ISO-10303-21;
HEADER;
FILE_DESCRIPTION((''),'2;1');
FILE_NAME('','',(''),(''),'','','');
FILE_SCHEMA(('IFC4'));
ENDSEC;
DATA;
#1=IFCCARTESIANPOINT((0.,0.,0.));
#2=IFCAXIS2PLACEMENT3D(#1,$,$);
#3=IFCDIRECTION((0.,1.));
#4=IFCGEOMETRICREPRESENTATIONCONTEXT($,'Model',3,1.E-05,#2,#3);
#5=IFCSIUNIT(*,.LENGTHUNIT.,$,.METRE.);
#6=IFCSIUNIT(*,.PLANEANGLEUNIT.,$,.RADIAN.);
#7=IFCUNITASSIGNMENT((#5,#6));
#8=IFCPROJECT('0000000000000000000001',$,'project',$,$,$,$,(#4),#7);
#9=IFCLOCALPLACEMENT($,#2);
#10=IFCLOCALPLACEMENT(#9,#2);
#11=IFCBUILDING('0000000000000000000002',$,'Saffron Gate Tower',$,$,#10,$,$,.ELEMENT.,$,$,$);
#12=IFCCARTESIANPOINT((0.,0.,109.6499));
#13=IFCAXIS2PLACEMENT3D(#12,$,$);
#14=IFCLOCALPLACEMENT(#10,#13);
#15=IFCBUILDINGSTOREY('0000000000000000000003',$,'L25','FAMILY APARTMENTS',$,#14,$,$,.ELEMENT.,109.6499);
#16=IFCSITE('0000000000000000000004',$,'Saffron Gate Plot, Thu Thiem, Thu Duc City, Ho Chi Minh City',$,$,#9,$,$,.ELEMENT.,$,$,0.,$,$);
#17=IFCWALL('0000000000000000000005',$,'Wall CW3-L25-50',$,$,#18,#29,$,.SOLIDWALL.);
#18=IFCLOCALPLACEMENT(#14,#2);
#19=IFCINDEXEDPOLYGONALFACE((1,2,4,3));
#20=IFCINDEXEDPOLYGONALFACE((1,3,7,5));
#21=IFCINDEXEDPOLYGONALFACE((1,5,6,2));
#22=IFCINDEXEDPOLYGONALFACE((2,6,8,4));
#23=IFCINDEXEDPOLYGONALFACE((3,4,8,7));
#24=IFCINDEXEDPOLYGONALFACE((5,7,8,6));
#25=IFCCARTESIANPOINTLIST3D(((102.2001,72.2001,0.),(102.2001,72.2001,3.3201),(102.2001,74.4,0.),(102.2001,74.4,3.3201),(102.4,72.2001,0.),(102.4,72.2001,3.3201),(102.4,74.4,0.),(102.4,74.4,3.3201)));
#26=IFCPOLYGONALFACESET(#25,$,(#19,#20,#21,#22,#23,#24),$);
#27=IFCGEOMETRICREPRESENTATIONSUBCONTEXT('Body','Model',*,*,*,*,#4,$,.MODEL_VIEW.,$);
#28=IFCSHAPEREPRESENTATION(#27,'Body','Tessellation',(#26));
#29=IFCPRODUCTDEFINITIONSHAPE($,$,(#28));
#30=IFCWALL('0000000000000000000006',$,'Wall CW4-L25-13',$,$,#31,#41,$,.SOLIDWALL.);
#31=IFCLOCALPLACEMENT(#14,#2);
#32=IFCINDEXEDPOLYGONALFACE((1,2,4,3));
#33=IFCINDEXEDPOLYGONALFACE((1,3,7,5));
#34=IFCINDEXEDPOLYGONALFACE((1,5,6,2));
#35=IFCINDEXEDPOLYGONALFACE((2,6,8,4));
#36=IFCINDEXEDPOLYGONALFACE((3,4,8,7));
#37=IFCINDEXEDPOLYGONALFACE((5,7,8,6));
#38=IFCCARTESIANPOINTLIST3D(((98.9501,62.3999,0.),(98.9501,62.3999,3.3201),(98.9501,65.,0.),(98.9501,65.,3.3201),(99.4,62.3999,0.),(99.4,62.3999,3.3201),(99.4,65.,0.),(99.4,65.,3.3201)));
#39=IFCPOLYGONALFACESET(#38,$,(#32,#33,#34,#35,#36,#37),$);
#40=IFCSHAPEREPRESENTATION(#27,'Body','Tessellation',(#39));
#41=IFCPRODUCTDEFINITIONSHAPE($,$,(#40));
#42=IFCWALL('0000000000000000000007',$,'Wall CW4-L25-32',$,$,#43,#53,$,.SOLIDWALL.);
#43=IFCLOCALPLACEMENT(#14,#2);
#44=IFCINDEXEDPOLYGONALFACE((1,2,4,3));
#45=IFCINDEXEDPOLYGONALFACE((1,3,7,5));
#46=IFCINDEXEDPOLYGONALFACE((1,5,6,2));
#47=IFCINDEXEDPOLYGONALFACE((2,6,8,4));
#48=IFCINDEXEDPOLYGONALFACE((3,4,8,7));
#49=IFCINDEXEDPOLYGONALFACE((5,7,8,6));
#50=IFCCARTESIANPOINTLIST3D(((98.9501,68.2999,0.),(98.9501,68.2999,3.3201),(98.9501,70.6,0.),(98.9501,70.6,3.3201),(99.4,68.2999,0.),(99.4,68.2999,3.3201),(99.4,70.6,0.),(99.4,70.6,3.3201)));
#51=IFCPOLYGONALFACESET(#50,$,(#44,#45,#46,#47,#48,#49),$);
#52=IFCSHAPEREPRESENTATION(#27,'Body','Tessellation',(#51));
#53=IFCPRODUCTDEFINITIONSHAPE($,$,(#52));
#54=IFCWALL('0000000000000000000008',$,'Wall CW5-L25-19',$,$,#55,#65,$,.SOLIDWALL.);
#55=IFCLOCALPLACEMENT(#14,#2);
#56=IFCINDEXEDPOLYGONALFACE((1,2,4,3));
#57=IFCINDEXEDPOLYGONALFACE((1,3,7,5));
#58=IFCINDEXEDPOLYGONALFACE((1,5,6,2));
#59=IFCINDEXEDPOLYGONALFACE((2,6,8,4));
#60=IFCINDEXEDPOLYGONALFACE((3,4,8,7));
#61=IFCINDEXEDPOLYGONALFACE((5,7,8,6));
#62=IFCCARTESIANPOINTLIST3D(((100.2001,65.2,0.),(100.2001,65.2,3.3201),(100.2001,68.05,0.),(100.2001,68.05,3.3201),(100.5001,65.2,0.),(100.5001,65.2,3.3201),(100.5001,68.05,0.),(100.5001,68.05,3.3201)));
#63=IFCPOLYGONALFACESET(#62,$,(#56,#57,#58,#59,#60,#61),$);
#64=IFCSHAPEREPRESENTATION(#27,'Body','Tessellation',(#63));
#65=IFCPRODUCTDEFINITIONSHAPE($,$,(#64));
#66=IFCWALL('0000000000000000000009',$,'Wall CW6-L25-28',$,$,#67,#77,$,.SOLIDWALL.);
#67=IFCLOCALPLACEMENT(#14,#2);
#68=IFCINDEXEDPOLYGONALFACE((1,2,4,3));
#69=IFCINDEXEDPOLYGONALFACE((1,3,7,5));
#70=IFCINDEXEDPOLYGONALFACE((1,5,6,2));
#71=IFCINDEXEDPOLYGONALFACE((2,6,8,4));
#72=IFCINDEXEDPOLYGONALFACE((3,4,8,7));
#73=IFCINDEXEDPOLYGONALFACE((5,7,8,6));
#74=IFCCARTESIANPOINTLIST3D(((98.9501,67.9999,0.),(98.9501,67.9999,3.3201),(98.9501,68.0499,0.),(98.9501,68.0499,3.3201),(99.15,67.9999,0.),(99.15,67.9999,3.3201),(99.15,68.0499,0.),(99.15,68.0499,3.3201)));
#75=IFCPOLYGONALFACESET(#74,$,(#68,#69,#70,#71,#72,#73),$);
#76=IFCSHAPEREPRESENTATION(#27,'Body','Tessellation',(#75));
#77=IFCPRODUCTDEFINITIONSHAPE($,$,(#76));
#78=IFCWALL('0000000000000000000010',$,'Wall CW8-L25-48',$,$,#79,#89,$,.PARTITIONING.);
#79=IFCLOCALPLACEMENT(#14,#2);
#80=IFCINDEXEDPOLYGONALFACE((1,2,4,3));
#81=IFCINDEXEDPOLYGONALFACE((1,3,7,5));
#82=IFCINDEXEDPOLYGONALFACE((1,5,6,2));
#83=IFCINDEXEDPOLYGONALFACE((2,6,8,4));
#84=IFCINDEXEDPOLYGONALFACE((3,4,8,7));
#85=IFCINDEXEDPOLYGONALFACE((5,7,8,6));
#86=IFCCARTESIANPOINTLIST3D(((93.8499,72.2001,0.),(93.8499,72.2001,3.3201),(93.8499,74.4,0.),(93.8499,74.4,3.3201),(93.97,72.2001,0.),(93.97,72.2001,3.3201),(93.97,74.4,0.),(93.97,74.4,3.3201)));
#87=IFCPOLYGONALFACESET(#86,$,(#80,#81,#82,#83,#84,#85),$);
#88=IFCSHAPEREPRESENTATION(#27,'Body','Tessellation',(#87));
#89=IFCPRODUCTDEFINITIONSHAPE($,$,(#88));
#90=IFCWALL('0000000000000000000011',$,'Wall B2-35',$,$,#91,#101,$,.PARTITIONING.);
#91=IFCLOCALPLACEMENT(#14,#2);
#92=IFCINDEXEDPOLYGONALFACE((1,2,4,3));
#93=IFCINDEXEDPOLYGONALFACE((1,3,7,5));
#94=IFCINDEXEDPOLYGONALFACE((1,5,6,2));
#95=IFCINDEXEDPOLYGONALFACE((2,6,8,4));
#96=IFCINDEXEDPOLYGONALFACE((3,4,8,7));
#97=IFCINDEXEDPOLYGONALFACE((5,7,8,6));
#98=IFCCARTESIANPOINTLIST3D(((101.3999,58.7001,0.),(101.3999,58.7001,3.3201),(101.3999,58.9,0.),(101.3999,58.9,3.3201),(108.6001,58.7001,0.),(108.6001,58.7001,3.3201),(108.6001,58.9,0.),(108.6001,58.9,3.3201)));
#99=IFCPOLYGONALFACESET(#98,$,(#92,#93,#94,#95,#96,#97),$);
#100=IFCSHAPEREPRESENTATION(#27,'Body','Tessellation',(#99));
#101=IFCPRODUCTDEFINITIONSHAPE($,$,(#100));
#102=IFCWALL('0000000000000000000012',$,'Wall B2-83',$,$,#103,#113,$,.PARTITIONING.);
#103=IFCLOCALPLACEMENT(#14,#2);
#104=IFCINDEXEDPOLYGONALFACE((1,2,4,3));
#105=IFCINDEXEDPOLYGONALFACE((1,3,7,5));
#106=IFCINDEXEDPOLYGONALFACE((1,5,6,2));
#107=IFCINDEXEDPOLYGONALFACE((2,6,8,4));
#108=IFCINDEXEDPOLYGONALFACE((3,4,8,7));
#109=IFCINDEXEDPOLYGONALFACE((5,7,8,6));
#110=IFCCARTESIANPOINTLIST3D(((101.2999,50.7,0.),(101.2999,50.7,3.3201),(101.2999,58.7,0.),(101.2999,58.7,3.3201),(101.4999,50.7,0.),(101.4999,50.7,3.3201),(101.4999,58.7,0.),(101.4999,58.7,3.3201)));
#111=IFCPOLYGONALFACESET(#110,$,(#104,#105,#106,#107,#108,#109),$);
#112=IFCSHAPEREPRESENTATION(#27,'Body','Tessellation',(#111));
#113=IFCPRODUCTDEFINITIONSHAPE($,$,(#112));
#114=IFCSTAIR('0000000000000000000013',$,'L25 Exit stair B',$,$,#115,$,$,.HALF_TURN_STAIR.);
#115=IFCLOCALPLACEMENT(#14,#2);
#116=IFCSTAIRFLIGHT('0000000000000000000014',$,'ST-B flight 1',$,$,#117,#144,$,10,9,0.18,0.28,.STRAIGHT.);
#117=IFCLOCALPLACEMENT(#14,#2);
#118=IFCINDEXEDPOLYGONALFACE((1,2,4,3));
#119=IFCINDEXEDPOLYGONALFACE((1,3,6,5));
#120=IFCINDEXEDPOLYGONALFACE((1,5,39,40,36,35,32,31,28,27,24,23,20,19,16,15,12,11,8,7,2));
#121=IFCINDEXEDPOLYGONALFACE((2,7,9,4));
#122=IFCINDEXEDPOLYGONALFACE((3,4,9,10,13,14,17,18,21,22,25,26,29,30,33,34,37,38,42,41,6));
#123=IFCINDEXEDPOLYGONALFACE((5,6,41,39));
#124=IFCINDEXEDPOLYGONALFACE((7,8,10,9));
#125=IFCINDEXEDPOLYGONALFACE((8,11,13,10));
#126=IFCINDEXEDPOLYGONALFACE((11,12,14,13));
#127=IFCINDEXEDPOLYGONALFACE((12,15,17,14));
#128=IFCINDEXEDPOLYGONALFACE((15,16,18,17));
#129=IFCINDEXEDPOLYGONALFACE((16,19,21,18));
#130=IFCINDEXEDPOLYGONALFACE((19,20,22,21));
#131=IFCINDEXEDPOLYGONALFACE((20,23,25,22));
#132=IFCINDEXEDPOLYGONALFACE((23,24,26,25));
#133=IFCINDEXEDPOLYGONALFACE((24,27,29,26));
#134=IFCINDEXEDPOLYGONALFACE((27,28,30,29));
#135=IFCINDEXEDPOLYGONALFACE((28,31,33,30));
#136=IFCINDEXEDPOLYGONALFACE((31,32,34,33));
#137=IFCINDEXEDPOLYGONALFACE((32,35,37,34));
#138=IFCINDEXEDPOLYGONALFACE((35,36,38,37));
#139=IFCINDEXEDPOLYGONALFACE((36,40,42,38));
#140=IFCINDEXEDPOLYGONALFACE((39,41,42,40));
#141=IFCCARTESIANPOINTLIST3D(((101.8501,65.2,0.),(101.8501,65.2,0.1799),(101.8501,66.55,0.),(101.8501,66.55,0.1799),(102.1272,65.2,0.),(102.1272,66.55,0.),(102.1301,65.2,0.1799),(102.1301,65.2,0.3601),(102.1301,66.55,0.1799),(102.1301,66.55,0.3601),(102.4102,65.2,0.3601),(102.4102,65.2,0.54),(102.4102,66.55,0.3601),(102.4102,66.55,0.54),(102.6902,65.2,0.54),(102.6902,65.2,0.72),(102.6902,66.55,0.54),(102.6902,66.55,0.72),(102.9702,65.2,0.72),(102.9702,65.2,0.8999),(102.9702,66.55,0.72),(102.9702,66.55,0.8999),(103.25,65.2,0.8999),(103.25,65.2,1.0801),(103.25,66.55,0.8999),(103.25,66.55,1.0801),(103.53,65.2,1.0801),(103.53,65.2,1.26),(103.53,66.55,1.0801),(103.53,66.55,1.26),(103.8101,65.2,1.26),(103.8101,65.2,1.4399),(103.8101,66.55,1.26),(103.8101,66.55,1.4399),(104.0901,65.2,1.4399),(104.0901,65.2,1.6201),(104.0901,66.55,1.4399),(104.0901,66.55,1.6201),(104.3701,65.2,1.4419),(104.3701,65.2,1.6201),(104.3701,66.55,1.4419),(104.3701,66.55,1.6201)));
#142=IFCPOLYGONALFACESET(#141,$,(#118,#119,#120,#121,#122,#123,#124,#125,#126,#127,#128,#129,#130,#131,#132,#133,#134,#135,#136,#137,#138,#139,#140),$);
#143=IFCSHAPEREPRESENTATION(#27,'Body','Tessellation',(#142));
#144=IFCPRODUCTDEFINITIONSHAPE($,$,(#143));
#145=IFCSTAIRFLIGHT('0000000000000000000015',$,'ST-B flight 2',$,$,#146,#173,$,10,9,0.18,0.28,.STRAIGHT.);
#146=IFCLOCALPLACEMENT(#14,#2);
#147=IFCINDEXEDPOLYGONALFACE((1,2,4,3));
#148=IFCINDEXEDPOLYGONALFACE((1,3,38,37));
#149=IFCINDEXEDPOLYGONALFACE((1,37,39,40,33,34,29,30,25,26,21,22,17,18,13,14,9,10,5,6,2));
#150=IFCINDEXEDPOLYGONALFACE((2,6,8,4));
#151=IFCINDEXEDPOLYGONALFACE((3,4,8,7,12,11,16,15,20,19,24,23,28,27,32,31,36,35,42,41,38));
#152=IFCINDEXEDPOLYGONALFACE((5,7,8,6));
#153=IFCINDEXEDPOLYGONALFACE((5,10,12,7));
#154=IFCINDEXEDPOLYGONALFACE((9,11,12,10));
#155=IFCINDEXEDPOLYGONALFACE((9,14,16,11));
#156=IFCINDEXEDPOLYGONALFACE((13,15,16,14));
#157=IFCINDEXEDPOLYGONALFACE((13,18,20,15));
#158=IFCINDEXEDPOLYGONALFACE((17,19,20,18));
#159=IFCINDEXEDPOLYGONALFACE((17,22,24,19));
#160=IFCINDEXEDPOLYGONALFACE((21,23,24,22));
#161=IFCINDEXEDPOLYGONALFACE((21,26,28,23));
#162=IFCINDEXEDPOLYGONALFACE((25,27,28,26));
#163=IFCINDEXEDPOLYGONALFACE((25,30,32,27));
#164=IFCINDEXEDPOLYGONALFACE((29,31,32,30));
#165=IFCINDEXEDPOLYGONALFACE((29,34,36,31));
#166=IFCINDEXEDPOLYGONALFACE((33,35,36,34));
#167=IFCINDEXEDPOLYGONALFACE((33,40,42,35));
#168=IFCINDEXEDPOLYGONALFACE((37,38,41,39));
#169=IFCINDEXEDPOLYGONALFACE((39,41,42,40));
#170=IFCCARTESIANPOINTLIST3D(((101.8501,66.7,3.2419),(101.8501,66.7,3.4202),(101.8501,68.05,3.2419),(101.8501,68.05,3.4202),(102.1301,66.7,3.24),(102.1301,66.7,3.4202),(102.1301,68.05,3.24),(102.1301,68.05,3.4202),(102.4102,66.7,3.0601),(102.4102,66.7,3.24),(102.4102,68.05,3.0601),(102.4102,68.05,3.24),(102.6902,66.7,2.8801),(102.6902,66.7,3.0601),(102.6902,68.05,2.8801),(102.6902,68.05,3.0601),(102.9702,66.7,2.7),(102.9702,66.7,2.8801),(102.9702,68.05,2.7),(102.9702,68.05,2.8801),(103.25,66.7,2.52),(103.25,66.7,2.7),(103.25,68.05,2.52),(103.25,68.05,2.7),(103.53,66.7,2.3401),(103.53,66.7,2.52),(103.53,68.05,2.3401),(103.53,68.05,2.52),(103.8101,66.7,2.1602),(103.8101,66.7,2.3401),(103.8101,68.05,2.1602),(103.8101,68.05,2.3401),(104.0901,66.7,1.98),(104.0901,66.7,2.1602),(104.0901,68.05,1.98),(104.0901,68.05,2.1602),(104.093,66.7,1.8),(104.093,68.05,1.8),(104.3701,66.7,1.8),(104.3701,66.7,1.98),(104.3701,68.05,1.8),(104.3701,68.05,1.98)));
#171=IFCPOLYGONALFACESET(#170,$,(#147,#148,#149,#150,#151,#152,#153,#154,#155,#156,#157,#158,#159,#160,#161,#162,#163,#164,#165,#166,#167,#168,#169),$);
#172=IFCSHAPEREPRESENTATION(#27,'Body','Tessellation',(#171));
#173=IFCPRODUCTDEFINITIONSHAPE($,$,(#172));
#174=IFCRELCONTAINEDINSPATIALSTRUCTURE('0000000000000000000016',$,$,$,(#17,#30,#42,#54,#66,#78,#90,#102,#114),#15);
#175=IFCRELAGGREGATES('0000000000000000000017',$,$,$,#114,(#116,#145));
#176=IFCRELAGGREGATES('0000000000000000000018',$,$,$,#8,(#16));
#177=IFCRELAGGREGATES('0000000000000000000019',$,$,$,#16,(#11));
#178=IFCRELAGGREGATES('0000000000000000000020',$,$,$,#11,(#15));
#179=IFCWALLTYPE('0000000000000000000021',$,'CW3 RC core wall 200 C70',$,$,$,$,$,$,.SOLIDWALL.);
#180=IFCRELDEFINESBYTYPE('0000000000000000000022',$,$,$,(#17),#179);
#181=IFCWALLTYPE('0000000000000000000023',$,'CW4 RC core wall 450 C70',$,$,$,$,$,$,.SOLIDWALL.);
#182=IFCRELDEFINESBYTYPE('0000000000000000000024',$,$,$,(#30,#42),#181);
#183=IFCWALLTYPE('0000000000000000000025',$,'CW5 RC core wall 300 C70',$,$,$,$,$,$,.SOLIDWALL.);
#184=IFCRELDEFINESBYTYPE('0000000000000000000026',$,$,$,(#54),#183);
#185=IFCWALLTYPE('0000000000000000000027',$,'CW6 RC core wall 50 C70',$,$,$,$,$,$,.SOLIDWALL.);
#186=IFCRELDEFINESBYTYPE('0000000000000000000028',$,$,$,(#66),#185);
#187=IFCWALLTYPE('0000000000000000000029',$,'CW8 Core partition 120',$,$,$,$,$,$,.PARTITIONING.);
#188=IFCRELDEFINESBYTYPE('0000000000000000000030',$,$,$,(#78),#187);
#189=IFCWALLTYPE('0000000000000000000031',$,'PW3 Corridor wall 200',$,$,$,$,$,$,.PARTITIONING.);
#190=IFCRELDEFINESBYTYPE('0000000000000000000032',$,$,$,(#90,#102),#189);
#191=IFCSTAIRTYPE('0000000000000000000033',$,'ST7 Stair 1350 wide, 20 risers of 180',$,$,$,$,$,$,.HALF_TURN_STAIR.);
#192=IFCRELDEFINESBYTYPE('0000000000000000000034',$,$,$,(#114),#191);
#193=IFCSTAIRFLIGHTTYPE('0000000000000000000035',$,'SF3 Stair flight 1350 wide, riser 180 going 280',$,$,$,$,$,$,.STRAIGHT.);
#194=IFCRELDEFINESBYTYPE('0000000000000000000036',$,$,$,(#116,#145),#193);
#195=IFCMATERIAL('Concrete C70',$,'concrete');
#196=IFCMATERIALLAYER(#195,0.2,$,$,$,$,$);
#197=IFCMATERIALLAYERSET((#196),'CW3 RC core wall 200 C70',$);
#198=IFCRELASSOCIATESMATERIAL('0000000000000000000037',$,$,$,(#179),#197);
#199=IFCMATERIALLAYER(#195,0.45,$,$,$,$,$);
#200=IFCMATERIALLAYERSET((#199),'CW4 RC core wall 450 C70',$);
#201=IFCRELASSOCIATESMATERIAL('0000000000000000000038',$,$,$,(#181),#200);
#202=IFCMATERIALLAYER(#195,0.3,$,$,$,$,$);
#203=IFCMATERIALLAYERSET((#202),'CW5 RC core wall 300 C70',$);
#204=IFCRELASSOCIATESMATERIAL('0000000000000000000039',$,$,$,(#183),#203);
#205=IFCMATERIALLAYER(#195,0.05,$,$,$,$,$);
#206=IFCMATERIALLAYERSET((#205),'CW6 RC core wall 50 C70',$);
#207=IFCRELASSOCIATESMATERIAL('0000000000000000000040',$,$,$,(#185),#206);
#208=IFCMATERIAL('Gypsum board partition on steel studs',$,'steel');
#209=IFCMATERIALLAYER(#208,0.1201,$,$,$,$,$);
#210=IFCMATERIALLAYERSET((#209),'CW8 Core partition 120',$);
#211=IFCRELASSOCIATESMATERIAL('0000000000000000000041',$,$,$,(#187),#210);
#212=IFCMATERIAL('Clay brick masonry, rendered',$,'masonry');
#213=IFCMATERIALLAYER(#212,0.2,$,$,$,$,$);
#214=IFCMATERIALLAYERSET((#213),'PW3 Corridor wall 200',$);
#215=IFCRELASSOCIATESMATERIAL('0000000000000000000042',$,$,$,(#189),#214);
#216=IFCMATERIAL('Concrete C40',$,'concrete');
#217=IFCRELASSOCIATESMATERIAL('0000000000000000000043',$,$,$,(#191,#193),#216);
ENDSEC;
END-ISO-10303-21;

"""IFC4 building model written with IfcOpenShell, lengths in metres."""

from ifc_helpers import new_model, si_unit, direction, frame, frame_2d, origin, place, context, subcontext, project, spatial, polyline, rectangle, outline, extrude, material, layer, layer_set, type_object, element, aggregate, save


model = new_model("IFC4")

# Units and contexts
model_context = context("Model", 3, precision=1e-05, world=origin(), true_north=direction((0.0, 1.0)))
body_context = subcontext(model_context, "Body", "Model", "MODEL_VIEW")
ifc_project = project(units=[si_unit("LENGTHUNIT", "METRE"), si_unit("PLANEANGLEUNIT", "RADIAN")], contexts=[model_context])

# Site, building, storey
site_placement = place(None, origin())
site = spatial("IfcSite", under=ifc_project, at=site_placement, Name="Saffron Gate Plot, Thu Thiem, Thu Duc City, Ho Chi Minh City", CompositionType="ELEMENT", RefElevation=0.0)
building_placement = place(site_placement, origin())
building = spatial("IfcBuilding", under=site, at=building_placement, Name="Saffron Gate Tower", CompositionType="ELEMENT")
storey_placement = place(building_placement, frame((0.0, 0.0, 109.6499)))
storey = spatial("IfcBuildingStorey", under=building, at=storey_placement, Name="L25", Description="FAMILY APARTMENTS", CompositionType="ELEMENT", Elevation=109.6499)

# Shared definitions
ifc_material_1 = material(Name="Concrete C70", Category="concrete")

# Walls
ifc_layer_1 = layer(ifc_material_1, 0.2)
ifc_layer_set_1 = layer_set([ifc_layer_1], Name="CW3 RC core wall 200 C70")
wall_type_1 = type_object("IfcWallType", Name="CW3 RC core wall 200 C70", PredefinedType="SOLIDWALL", material=ifc_layer_set_1)
for number, where, z_axis, x_axis, name in (
    (1, (102.3, 72.2, 0.0), (0.0, 0.0, 1.0), (0.0, 1.0, 0.0), "Wall CW3-L25-50"),
):
    element("IfcWall", number, at=place(storey_placement, frame(where, z_axis=z_axis, x_axis=x_axis)), inside=storey, type_object=wall_type_1, Name=name, PredefinedType="SOLIDWALL", context=body_context, shape_type="SweptSolid", body=[
        extrude(rectangle(XDim=2.2, YDim=0.2, at=frame_2d((1.1001, 0.0))), origin(), (0.0, 0.0, 1.0), 3.3201),
    ])
ifc_layer_2 = layer(ifc_material_1, 0.45)
ifc_layer_set_2 = layer_set([ifc_layer_2], Name="CW4 RC core wall 450 C70")
wall_type_2 = type_object("IfcWallType", Name="CW4 RC core wall 450 C70", PredefinedType="SOLIDWALL", material=ifc_layer_set_2)
wall_1_placement = place(storey_placement, frame((99.175, 62.3999, 0.0), z_axis=(0.0, 0.0, 1.0), x_axis=(0.0, 1.0, 0.0)))
element("IfcWall", 2, at=wall_1_placement, inside=storey, type_object=wall_type_2, Name="Wall CW4-L25-13", PredefinedType="SOLIDWALL", context=body_context, shape_type="SweptSolid", body=[
    extrude(rectangle(XDim=2.6001, YDim=0.45, at=frame_2d((1.3, 0.0))), origin(), (0.0, 0.0, 1.0), 3.3201),
])
wall_2_placement = place(storey_placement, frame((99.175, 68.3, 0.0), z_axis=(0.0, 0.0, 1.0), x_axis=(0.0, 1.0, 0.0)))
element("IfcWall", 3, at=wall_2_placement, inside=storey, type_object=wall_type_2, Name="Wall CW4-L25-32", PredefinedType="SOLIDWALL", context=body_context, shape_type="SweptSolid", body=[
    extrude(rectangle(XDim=2.3, YDim=0.45, at=frame_2d((1.1499, 0.0))), origin(), (0.0, 0.0, 1.0), 3.3201),
])
ifc_layer_3 = layer(ifc_material_1, 0.3)
ifc_layer_set_3 = layer_set([ifc_layer_3], Name="CW5 RC core wall 300 C70")
wall_type_3 = type_object("IfcWallType", Name="CW5 RC core wall 300 C70", PredefinedType="SOLIDWALL", material=ifc_layer_set_3)
wall_3_placement = place(storey_placement, frame((100.3501, 65.2, 0.0), z_axis=(0.0, 0.0, 1.0), x_axis=(0.0, 1.0, 0.0)))
element("IfcWall", 4, at=wall_3_placement, inside=storey, type_object=wall_type_3, Name="Wall CW5-L25-19", PredefinedType="SOLIDWALL", context=body_context, shape_type="SweptSolid", body=[
    extrude(rectangle(XDim=2.8501, YDim=0.3, at=frame_2d((1.425, 0.0))), origin(), (0.0, 0.0, 1.0), 3.3201),
])
ifc_layer_4 = layer(ifc_material_1, 0.05)
ifc_layer_set_4 = layer_set([ifc_layer_4], Name="CW6 RC core wall 50 C70")
wall_type_4 = type_object("IfcWallType", Name="CW6 RC core wall 50 C70", PredefinedType="SOLIDWALL", material=ifc_layer_set_4)
wall_4_placement = place(storey_placement, frame((98.95, 68.0249, 0.0), z_axis=(0.0, 0.0, 1.0), x_axis=(1.0, 0.0, 0.0)))
element("IfcWall", 5, at=wall_4_placement, inside=storey, type_object=wall_type_4, Name="Wall CW6-L25-28", PredefinedType="SOLIDWALL", context=body_context, shape_type="SweptSolid", body=[
    extrude(rectangle(XDim=0.2, YDim=0.05, at=frame_2d((0.1001, 0.0))), origin(), (0.0, 0.0, 1.0), 3.3201),
])
ifc_material_2 = material(Name="Gypsum board partition on steel studs", Category="steel")
ifc_layer_5 = layer(ifc_material_2, 0.1201)
ifc_layer_set_5 = layer_set([ifc_layer_5], Name="CW8 Core partition 120")
wall_type_5 = type_object("IfcWallType", Name="CW8 Core partition 120", PredefinedType="PARTITIONING", material=ifc_layer_set_5)
wall_5_placement = place(storey_placement, frame((93.9099, 72.2, 0.0), z_axis=(0.0, 0.0, 1.0), x_axis=(0.0, 1.0, 0.0)))
element("IfcWall", 6, at=wall_5_placement, inside=storey, type_object=wall_type_5, Name="Wall CW8-L25-48", PredefinedType="PARTITIONING", context=body_context, shape_type="SweptSolid", body=[
    extrude(rectangle(XDim=2.2, YDim=0.1201, at=frame_2d((1.1001, 0.0))), origin(), (0.0, 0.0, 1.0), 3.3201),
])
ifc_material_3 = material(Name="Clay brick masonry, rendered", Category="masonry")
ifc_layer_6 = layer(ifc_material_3, 0.2)
ifc_layer_set_6 = layer_set([ifc_layer_6], Name="PW3 Corridor wall 200")
wall_type_6 = type_object("IfcWallType", Name="PW3 Corridor wall 200", PredefinedType="PARTITIONING", material=ifc_layer_set_6)
wall_6_placement = place(storey_placement, frame((101.3999, 58.8, 0.0), z_axis=(0.0, 0.0, 1.0), x_axis=(1.0, 0.0, 0.0)))
element("IfcWall", 7, at=wall_6_placement, inside=storey, type_object=wall_type_6, Name="Wall B2-35", PredefinedType="PARTITIONING", context=body_context, shape_type="SweptSolid", body=[
    extrude(rectangle(XDim=7.2002, YDim=0.2, at=frame_2d((3.6001, 0.0))), origin(), (0.0, 0.0, 1.0), 3.3201),
])
wall_7_placement = place(storey_placement, frame((101.3999, 58.7, 0.0), z_axis=(0.0, 0.0, 1.0), x_axis=(0.0, -1.0, 0.0)))
element("IfcWall", 8, at=wall_7_placement, inside=storey, type_object=wall_type_6, Name="Wall B2-83", PredefinedType="PARTITIONING", context=body_context, shape_type="SweptSolid", body=[
    extrude(rectangle(XDim=8.0, YDim=0.2, at=frame_2d((4.0, 0.0))), origin(), (0.0, 0.0, 1.0), 3.3201),
])

# Stair, stair flights
ifc_material_4 = material(Name="Concrete C40", Category="concrete")
stair_type = type_object("IfcStairType", Name="ST7 Stair 1350 wide, 20 risers of 180", PredefinedType="HALF_TURN_STAIR", material=ifc_material_4)
stair_placement = place(storey_placement, origin())
stair = element("IfcStair", 9, at=stair_placement, inside=storey, type_object=stair_type, Name="L25 Exit stair B", PredefinedType="HALF_TURN_STAIR")
stair_flight_type = type_object("IfcStairFlightType", Name="SF3 Stair flight 1350 wide, riser 180 going 280", PredefinedType="STRAIGHT", material=ifc_material_4)
stair_flight_1_placement = place(storey_placement, frame((101.8501, 65.875, 0.0), z_axis=(0.0, 0.0, 1.0), x_axis=(1.0, 0.0, 0.0)))
stair_flight_1 = element("IfcStairFlight", 10, at=stair_flight_1_placement, type_object=stair_flight_type, Name="ST-B flight 1", NumberOfRisers=10, NumberOfTreads=9, PredefinedType="STRAIGHT", RiserHeight=0.18, TreadLength=0.28, context=body_context, shape_type="SweptSolid", body=[
    extrude(outline(polyline([(0.0, 0.0), (0.0, 0.1799), (0.28, 0.1799), (0.28, 0.3601), (0.5601, 0.3601), (0.5601, 0.54), (0.8401, 0.54), (0.8401, 0.72), (1.1201, 0.72), (1.1201, 0.8999), (1.3999, 0.8999), (1.3999, 1.0801), (1.6799, 1.0801), (1.6799, 1.26), (1.96, 1.26), (1.96, 1.4399), (2.24, 1.4399), (2.24, 1.6201), (2.52, 1.6201), (2.52, 1.8), (2.52, 1.4419), (0.2771, 0.0), (0.0, 0.0)])), frame((0.0, 0.675, 0.0), z_axis=(0.0, -1.0, 0.0), x_axis=(1.0, 0.0, 0.0)), (0.0, 0.0, 1.0), 1.3501),
])
stair_flight_2_placement = place(storey_placement, frame((104.3701, 67.375, 1.8), z_axis=(0.0, 0.0, 1.0), x_axis=(-1.0, 0.0, 0.0)))
stair_flight_2 = element("IfcStairFlight", 11, at=stair_flight_2_placement, type_object=stair_flight_type, Name="ST-B flight 2", NumberOfRisers=10, NumberOfTreads=9, PredefinedType="STRAIGHT", RiserHeight=0.18, TreadLength=0.28, context=body_context, shape_type="SweptSolid", body=[
    extrude(outline(polyline([(0.0, 0.0), (0.0, 0.1799), (0.28, 0.1799), (0.28, 0.3601), (0.5601, 0.3601), (0.5601, 0.54), (0.8401, 0.54), (0.8401, 0.72), (1.1201, 0.72), (1.1201, 0.8999), (1.3999, 0.8999), (1.3999, 1.0801), (1.6799, 1.0801), (1.6799, 1.26), (1.96, 1.26), (1.96, 1.4399), (2.24, 1.4399), (2.24, 1.6201), (2.52, 1.6201), (2.52, 1.8), (2.52, 1.4419), (0.2771, 0.0), (0.0, 0.0)])), frame((0.0, 0.675, 0.0), z_axis=(0.0, -1.0, 0.0), x_axis=(1.0, 0.0, 0.0)), (0.0, 0.0, 1.0), 1.3501),
])
aggregate(stair, [stair_flight_1, stair_flight_2])

save(model, "model.ifc")
